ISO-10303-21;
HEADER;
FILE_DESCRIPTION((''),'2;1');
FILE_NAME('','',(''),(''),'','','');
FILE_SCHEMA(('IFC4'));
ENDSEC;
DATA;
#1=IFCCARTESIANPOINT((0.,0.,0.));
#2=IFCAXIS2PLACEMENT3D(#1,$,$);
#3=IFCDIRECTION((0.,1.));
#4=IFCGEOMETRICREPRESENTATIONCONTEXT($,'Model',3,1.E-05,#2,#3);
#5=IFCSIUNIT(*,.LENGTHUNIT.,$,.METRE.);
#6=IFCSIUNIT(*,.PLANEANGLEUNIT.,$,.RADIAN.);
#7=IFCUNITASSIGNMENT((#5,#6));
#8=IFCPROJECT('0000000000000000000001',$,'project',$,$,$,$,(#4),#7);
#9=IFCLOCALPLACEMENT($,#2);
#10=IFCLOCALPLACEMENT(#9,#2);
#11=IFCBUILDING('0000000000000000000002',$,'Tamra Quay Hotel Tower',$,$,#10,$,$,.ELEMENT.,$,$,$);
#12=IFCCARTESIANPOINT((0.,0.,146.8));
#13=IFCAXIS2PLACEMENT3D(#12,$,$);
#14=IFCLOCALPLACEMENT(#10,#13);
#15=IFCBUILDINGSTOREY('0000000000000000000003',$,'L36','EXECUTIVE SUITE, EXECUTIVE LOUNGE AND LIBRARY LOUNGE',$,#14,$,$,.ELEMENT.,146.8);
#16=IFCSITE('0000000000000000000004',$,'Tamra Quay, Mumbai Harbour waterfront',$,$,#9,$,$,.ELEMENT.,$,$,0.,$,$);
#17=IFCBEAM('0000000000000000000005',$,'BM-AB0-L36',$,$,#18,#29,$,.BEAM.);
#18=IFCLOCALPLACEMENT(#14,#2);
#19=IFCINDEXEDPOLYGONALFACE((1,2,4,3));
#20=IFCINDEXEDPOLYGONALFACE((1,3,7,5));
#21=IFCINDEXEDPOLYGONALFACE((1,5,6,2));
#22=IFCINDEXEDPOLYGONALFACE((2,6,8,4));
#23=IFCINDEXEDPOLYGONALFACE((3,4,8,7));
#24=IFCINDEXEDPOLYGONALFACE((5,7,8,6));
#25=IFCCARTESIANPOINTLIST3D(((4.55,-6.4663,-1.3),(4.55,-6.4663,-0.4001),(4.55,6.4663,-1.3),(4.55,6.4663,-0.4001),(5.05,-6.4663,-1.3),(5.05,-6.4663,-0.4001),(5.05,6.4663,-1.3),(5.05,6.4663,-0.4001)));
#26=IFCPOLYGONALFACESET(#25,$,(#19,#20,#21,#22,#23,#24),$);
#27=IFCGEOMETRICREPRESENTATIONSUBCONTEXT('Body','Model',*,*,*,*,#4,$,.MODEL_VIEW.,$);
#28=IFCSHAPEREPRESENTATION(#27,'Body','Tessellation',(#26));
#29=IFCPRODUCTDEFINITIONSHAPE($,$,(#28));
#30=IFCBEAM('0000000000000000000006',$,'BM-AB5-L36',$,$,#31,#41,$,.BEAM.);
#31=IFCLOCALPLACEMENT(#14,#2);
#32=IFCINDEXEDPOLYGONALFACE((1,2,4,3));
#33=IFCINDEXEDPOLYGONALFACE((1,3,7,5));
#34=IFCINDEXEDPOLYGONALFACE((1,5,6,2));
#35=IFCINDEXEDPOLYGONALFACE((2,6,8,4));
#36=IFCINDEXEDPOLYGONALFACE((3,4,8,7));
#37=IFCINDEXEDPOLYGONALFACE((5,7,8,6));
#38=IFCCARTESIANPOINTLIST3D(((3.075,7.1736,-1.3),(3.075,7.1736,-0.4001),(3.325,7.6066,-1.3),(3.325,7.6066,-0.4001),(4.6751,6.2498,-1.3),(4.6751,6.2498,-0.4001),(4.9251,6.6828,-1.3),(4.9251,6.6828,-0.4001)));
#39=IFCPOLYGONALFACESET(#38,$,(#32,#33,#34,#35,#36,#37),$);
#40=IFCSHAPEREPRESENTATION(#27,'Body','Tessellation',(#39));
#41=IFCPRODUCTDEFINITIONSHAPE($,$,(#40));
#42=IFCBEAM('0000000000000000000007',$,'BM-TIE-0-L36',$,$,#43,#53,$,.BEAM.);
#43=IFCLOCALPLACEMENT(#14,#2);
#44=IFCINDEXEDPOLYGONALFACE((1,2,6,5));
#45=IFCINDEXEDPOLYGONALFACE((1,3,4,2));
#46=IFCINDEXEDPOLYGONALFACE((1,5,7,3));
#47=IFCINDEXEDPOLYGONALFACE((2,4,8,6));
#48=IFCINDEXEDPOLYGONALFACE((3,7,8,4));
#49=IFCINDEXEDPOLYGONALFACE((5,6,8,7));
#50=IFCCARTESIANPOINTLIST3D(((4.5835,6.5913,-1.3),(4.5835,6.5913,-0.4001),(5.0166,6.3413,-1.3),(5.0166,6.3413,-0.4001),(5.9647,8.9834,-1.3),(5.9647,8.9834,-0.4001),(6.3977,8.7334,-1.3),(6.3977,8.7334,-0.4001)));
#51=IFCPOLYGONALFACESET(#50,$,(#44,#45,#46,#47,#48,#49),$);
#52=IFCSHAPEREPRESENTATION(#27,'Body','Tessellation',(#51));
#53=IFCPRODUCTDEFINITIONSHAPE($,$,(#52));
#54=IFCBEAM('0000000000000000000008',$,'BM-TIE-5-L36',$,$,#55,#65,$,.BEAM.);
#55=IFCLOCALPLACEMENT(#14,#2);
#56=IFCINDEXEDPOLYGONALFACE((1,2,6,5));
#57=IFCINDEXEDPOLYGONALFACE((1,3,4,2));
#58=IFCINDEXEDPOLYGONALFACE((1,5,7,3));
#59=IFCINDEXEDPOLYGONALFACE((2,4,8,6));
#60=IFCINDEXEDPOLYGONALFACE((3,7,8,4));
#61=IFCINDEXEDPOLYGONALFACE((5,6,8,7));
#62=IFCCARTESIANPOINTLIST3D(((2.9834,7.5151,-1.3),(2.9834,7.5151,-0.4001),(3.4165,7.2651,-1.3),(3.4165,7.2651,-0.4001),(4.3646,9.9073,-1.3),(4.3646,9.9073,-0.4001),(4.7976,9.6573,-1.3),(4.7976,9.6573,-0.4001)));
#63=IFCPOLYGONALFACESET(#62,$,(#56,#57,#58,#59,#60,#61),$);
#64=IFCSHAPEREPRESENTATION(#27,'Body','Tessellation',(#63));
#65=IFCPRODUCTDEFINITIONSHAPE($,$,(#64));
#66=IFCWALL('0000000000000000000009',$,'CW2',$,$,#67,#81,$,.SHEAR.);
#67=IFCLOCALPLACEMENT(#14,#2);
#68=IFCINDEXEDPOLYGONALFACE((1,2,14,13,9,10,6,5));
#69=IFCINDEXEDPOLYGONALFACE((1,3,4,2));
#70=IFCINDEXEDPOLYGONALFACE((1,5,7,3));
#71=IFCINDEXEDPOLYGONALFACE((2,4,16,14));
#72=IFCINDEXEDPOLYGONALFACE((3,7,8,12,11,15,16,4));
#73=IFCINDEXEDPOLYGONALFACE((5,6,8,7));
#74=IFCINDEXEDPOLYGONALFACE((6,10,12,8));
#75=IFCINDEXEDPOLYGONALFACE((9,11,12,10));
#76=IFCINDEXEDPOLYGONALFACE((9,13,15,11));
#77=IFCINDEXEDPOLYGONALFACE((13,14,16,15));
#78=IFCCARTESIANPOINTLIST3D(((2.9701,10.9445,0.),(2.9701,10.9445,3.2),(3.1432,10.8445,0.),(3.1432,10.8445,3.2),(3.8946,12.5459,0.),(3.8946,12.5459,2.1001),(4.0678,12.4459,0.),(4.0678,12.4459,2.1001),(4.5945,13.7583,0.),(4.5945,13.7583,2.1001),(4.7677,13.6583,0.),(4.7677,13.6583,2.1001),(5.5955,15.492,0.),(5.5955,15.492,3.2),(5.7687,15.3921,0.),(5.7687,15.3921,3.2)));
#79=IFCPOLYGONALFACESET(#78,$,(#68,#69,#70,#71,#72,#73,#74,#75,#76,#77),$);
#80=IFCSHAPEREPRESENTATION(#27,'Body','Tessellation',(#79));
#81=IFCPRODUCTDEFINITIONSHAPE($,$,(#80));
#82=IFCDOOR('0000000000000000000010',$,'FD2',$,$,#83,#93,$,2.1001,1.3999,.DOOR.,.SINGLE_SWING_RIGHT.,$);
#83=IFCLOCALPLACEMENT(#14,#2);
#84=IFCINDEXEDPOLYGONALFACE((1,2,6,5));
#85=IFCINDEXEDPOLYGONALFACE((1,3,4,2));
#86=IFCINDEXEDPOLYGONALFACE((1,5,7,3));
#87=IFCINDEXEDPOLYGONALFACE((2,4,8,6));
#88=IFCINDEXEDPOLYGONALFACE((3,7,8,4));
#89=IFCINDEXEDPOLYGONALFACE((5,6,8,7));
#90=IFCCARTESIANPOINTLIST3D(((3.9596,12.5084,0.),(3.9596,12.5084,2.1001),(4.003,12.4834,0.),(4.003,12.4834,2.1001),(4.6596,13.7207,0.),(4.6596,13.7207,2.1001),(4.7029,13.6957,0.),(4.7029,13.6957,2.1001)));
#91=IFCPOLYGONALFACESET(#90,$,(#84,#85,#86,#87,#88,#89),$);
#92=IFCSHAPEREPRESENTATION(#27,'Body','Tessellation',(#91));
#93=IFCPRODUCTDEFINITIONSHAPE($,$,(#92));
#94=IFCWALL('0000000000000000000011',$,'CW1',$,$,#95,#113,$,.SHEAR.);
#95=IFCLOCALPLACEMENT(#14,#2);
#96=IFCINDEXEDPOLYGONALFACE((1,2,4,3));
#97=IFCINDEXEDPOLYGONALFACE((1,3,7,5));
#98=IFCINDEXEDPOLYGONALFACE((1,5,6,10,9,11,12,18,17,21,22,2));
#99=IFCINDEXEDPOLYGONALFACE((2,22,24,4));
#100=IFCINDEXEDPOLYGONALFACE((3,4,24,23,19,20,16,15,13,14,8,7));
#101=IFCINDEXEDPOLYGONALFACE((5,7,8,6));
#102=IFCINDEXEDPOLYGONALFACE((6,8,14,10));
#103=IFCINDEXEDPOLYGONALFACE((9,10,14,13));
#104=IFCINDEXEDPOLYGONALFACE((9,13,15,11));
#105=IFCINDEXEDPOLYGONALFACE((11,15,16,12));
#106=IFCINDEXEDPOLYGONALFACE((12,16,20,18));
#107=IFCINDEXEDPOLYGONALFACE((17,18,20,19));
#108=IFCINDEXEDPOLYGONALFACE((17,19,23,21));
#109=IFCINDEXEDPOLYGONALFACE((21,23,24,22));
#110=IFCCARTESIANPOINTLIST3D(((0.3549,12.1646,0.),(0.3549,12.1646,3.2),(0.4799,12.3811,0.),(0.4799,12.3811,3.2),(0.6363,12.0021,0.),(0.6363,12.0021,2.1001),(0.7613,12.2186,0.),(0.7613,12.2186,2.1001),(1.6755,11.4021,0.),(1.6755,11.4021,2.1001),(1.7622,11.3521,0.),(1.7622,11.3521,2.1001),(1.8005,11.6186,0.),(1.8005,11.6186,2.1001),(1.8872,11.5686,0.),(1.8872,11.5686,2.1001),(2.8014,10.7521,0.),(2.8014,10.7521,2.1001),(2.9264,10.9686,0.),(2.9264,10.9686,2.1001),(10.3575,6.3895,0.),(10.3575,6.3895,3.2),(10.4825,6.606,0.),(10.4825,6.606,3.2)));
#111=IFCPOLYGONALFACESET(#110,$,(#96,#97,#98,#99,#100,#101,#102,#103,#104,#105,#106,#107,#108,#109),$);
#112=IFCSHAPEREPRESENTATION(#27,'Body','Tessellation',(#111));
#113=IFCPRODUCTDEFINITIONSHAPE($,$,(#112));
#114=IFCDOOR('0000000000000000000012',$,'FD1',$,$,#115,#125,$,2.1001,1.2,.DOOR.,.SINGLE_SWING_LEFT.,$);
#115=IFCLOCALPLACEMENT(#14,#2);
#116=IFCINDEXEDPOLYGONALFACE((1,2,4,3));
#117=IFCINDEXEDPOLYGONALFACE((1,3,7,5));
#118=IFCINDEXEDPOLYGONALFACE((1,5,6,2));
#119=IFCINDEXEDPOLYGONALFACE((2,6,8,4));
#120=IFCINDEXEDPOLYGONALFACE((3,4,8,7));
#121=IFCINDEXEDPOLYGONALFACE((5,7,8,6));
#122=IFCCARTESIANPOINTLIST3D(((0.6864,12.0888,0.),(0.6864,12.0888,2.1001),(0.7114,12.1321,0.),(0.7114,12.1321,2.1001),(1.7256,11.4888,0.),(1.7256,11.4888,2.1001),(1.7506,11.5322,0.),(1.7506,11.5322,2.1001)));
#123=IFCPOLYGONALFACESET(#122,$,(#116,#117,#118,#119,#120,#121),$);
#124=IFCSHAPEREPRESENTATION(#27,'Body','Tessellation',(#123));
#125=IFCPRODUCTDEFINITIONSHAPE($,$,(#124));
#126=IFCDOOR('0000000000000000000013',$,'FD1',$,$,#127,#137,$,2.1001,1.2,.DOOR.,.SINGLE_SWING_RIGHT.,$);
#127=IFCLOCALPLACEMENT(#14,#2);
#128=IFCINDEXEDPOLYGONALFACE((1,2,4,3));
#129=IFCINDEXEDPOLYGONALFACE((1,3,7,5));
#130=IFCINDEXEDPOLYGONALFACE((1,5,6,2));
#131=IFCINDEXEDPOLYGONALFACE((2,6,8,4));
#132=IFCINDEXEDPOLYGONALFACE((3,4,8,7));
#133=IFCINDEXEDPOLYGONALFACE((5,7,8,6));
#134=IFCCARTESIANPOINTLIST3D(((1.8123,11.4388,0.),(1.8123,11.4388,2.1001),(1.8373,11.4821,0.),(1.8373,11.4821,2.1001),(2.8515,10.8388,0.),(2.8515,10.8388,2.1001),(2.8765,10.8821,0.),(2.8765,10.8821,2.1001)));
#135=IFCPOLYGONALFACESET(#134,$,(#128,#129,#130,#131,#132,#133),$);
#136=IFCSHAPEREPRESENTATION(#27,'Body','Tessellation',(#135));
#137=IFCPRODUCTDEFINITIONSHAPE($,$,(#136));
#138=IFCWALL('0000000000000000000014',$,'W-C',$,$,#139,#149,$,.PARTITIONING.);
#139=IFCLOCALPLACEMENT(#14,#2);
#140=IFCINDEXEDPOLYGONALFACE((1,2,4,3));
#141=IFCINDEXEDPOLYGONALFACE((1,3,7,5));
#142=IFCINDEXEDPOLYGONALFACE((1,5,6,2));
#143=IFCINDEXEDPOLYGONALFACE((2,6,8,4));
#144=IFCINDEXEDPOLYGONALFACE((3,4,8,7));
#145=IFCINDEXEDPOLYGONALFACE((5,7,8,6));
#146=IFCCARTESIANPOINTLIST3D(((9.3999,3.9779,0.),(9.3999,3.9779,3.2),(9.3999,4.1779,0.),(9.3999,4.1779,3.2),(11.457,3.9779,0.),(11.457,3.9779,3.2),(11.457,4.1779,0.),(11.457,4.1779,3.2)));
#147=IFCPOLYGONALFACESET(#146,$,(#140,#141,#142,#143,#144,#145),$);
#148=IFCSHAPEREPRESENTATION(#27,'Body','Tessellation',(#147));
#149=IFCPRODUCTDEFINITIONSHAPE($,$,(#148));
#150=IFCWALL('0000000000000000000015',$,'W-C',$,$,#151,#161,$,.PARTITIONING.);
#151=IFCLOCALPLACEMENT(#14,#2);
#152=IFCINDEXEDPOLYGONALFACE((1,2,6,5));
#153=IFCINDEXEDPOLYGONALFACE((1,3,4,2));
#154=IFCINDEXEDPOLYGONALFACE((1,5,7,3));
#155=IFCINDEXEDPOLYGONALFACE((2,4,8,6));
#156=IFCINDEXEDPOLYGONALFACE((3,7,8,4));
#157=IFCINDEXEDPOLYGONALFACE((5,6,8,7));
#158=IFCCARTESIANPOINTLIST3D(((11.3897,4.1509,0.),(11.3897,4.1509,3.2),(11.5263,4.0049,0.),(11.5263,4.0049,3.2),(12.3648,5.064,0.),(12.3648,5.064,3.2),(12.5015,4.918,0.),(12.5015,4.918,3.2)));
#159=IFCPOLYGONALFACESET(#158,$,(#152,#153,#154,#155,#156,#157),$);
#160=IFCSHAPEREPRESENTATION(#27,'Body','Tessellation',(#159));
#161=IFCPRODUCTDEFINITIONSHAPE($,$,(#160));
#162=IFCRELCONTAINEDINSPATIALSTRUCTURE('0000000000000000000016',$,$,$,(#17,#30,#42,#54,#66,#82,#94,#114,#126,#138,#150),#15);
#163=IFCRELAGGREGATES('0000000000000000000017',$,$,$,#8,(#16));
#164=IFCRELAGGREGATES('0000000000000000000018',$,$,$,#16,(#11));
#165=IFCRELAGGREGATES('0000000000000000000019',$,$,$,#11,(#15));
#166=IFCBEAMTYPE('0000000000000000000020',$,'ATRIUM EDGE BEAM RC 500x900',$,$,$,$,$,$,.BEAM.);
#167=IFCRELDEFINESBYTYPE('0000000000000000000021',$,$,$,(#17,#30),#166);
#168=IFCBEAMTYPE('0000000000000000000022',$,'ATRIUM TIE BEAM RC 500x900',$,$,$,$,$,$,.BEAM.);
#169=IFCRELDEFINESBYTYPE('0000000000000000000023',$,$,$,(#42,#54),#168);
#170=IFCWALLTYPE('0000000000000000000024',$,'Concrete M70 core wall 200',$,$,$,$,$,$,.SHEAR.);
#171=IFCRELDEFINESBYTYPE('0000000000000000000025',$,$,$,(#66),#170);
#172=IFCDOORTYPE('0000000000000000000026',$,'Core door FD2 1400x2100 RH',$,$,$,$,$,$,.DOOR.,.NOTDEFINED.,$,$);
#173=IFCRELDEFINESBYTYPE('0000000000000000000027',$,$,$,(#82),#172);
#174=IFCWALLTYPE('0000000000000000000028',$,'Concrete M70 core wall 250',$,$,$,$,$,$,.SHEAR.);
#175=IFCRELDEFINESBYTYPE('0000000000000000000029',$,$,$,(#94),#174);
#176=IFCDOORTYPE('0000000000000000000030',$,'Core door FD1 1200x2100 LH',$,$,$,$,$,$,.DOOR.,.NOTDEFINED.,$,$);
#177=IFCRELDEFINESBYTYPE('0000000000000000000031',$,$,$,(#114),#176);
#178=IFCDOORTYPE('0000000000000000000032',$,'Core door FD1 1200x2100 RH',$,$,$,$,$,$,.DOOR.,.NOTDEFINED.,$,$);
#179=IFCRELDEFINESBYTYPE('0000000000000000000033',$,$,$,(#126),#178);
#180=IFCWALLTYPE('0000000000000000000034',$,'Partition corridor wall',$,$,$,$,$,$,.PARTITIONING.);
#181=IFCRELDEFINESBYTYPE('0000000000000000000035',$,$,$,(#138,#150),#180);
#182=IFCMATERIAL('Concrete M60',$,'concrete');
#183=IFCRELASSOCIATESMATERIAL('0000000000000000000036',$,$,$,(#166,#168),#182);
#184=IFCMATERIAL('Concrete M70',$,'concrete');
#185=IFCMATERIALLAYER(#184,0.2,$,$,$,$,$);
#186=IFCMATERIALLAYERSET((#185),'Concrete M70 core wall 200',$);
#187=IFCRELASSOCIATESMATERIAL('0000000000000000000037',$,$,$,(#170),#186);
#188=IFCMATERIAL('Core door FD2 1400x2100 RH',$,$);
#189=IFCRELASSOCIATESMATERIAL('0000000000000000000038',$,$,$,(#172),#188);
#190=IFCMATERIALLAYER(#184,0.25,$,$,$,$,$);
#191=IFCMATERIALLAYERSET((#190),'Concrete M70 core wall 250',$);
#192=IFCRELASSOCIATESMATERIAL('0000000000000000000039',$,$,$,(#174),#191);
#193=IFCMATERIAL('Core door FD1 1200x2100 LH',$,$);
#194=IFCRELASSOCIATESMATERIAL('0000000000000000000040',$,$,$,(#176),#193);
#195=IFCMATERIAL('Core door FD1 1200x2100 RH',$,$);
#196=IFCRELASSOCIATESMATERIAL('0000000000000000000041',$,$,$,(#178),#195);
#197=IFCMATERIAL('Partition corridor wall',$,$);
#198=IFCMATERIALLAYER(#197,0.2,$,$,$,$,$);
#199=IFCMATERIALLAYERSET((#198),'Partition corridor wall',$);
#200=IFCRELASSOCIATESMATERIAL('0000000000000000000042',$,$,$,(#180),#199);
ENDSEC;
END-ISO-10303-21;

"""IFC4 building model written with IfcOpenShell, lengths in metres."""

from ifc_helpers import new_model, si_unit, direction, frame, frame_2d, origin, origin_2d, place, context, subcontext, project, spatial, rectangle, extrude, material, layer, layer_set, material_profile, profile_set, type_object, element, fill, save


model = new_model("IFC4")

# Units and contexts
model_context = context("Model", 3, precision=1e-05, world=origin(), true_north=direction((0.0, 1.0)))
body_context = subcontext(model_context, "Body", "Model", "MODEL_VIEW")
ifc_project = project(units=[si_unit("LENGTHUNIT", "METRE"), si_unit("PLANEANGLEUNIT", "RADIAN")], contexts=[model_context])

# Site, building, storey
site_placement = place(None, origin())
site = spatial("IfcSite", under=ifc_project, at=site_placement, Name="Tamra Quay, Mumbai Harbour waterfront", CompositionType="ELEMENT", RefElevation=0.0)
building_placement = place(site_placement, origin())
building = spatial("IfcBuilding", under=site, at=building_placement, Name="Tamra Quay Hotel Tower", CompositionType="ELEMENT")
storey_placement = place(building_placement, frame((0.0, 0.0, 146.8)))
storey = spatial("IfcBuildingStorey", under=building, at=storey_placement, Name="L36", Description="EXECUTIVE SUITE, EXECUTIVE LOUNGE AND LIBRARY LOUNGE", CompositionType="ELEMENT", Elevation=146.8)

# Beams
ifc_material_1 = material(Name="Concrete M60", Category="concrete")
ifc_material_profile_1 = material_profile(ifc_material_1, rectangle(XDim=0.5, YDim=0.8999, at=origin_2d()), Name="ATRIUM EDGE BEAM RC 500x900")
ifc_profile_set_1 = profile_set([ifc_material_profile_1], Name="Concrete M60")
beam_type_1 = type_object("IfcBeamType", Name="ATRIUM EDGE BEAM RC 500x900", PredefinedType="BEAM", material=ifc_profile_set_1)
beam_1_placement = place(storey_placement, frame((4.8, 6.4663, -0.8501), z_axis=(0.0, -1.0, 0.0), x_axis=(1.0, 0.0, 0.0)))
element("IfcBeam", 1, at=beam_1_placement, inside=storey, type_object=beam_type_1, Name="BM-AB0-L36", PredefinedType="BEAM", context=body_context, shape_type="SweptSolid", body=[
    extrude(rectangle(XDim=0.5, YDim=0.8999, at=origin_2d()), origin(), (0.0, 0.0, 1.0), 12.9326),
])
beam_2_placement = place(storey_placement, frame((3.2, 7.3901, -0.8501), z_axis=(0.866023, -0.500005, 0.0), x_axis=(0.500005, 0.866023, 0.0)))
element("IfcBeam", 2, at=beam_2_placement, inside=storey, type_object=beam_type_1, Name="BM-AB5-L36", PredefinedType="BEAM", context=body_context, shape_type="SweptSolid", body=[
    extrude(rectangle(XDim=0.5, YDim=0.8999, at=origin_2d()), origin(), (0.0, 0.0, 1.0), 1.8477),
])
ifc_material_profile_2 = material_profile(ifc_material_1, rectangle(XDim=0.5, YDim=0.8999, at=origin_2d()), Name="ATRIUM TIE BEAM RC 500x900")
ifc_profile_set_2 = profile_set([ifc_material_profile_2], Name="Concrete M60")
beam_type_2 = type_object("IfcBeamType", Name="ATRIUM TIE BEAM RC 500x900", PredefinedType="BEAM", material=ifc_profile_set_2)
for number, where, z_axis, x_axis, name in (
    (3, (4.8, 6.4663, -0.8501), (0.500008, 0.866021, 0.0), (-0.866021, 0.500008, 0.0), "BM-TIE-0-L36"),
    (4, (3.2, 7.3901, -0.8501), (0.500008, 0.866021, 0.0), (-0.866021, 0.500008, 0.0), "BM-TIE-5-L36"),
):
    element("IfcBeam", number, at=place(storey_placement, frame(where, z_axis=z_axis, x_axis=x_axis)), inside=storey, type_object=beam_type_2, Name=name, PredefinedType="BEAM", context=body_context, shape_type="SweptSolid", body=[
        extrude(rectangle(XDim=0.5, YDim=0.8999, at=origin_2d()), origin(), (0.0, 0.0, 1.0), 2.7622),
    ])

# Wall, opening, door
ifc_material_2 = material(Name="Concrete M70", Category="concrete")
ifc_layer_1 = layer(ifc_material_2, 0.2)
ifc_layer_set_1 = layer_set([ifc_layer_1], Name="Concrete M70 core wall 200")
wall_type_1 = type_object("IfcWallType", Name="Concrete M70 core wall 200", PredefinedType="SHEAR", material=ifc_layer_set_1)
wall_1_placement = place(storey_placement, frame((3.0566, 10.8945, 0.0), z_axis=(0.0, 0.0, 1.0), x_axis=(0.499989, 0.866032, 0.0)))
wall_1 = element("IfcWall", 5, at=wall_1_placement, inside=storey, type_object=wall_type_1, Name="CW2", PredefinedType="SHEAR", context=body_context, shape_type="SweptSolid", body=[
    extrude(rectangle(XDim=5.251, YDim=0.2, at=frame_2d((2.6255, 0.0))), origin(), (0.0, 0.0, 1.0), 3.2),
])
opening_1_placement = place(wall_1_placement, frame((1.8491, 0.0, 0.0)))
opening_1 = element("IfcOpeningElement", 6, at=opening_1_placement, cuts=wall_1, PredefinedType="OPENING", context=body_context, shape_type="SweptSolid", body=[
    extrude(rectangle(XDim=1.3999, YDim=2.1001, at=frame_2d((0.7, 1.05))), frame((0.0, 0.1099, 0.0), z_axis=(0.0, -1.0, 0.0), x_axis=(1.0, 0.0, 0.0)), (0.0, 0.0, 1.0), 0.22),
])
ifc_material_3 = material(Name="Core door FD2 1400x2100 RH")
door_type_1 = type_object("IfcDoorType", Name="Core door FD2 1400x2100 RH", OperationType="NOTDEFINED", PredefinedType="DOOR", material=ifc_material_3)
door_1_placement = place(opening_1_placement, origin())
door_1 = element("IfcDoor", 7, at=door_1_placement, inside=storey, type_object=door_type_1, Name="FD2", OperationType="SINGLE_SWING_RIGHT", OverallHeight=2.1001, OverallWidth=1.3999, PredefinedType="DOOR", context=body_context, shape_type="SweptSolid", body=[
    extrude(rectangle(XDim=1.3999, YDim=2.1001, at=frame_2d((0.7, 1.05))), frame((0.0, 0.0249, 0.0), z_axis=(0.0, -1.0, 0.0), x_axis=(1.0, 0.0, 0.0)), (0.0, 0.0, 1.0), 0.05),
])
fill(opening_1, door_1)

# Wall, openings, doors
ifc_layer_2 = layer(ifc_material_2, 0.25)
ifc_layer_set_2 = layer_set([ifc_layer_2], Name="Concrete M70 core wall 250")
wall_type_2 = type_object("IfcWallType", Name="Concrete M70 core wall 250", PredefinedType="SHEAR", material=ifc_layer_set_2)
wall_2_placement = place(storey_placement, frame((10.4199, 6.4978, 0.0), z_axis=(0.0, 0.0, 1.0), x_axis=(-0.866022, 0.500006, 0.0)))
wall_2 = element("IfcWall", 8, at=wall_2_placement, inside=storey, type_object=wall_type_2, Name="CW1", PredefinedType="SHEAR", context=body_context, shape_type="SweptSolid", body=[
    extrude(rectangle(XDim=11.55, YDim=0.25, at=frame_2d((5.7749, 0.0))), origin(), (0.0, 0.0, 1.0), 3.2),
])
opening_2_placement = place(wall_2_placement, frame((10.0249, 0.0, 0.0)))
opening_2 = element("IfcOpeningElement", 9, at=opening_2_placement, cuts=wall_2, PredefinedType="OPENING", context=body_context, shape_type="SweptSolid", body=[
    extrude(rectangle(XDim=1.2, YDim=2.1001, at=frame_2d((0.6001, 1.05))), frame((0.0, 0.135, 0.0), z_axis=(0.0, -1.0, 0.0), x_axis=(1.0, 0.0, 0.0)), (0.0, 0.0, 1.0), 0.27),
])
opening_3_placement = place(wall_2_placement, frame((8.7249, 0.0, 0.0)))
opening_3 = element("IfcOpeningElement", 10, at=opening_3_placement, cuts=wall_2, PredefinedType="OPENING", context=body_context, shape_type="SweptSolid", body=[
    extrude(rectangle(XDim=1.2, YDim=2.1001, at=frame_2d((0.6001, 1.05))), frame((0.0, 0.135, 0.0), z_axis=(0.0, -1.0, 0.0), x_axis=(1.0, 0.0, 0.0)), (0.0, 0.0, 1.0), 0.27),
])
ifc_material_4 = material(Name="Core door FD1 1200x2100 LH")
door_type_2 = type_object("IfcDoorType", Name="Core door FD1 1200x2100 LH", OperationType="NOTDEFINED", PredefinedType="DOOR", material=ifc_material_4)
door_2_placement = place(opening_2_placement, origin())
door_2 = element("IfcDoor", 11, at=door_2_placement, inside=storey, type_object=door_type_2, Name="FD1", OperationType="SINGLE_SWING_LEFT", OverallHeight=2.1001, OverallWidth=1.2, PredefinedType="DOOR", context=body_context, shape_type="SweptSolid", body=[
    extrude(rectangle(XDim=1.2, YDim=2.1001, at=frame_2d((0.6001, 1.05))), frame((0.0, 0.0249, 0.0), z_axis=(0.0, -1.0, 0.0), x_axis=(1.0, 0.0, 0.0)), (0.0, 0.0, 1.0), 0.05),
])
fill(opening_2, door_2)
ifc_material_5 = material(Name="Core door FD1 1200x2100 RH")
door_type_3 = type_object("IfcDoorType", Name="Core door FD1 1200x2100 RH", OperationType="NOTDEFINED", PredefinedType="DOOR", material=ifc_material_5)
door_3_placement = place(opening_3_placement, origin())
door_3 = element("IfcDoor", 12, at=door_3_placement, inside=storey, type_object=door_type_3, Name="FD1", OperationType="SINGLE_SWING_RIGHT", OverallHeight=2.1001, OverallWidth=1.2, PredefinedType="DOOR", context=body_context, shape_type="SweptSolid", body=[
    extrude(rectangle(XDim=1.2, YDim=2.1001, at=frame_2d((0.6001, 1.05))), frame((0.0, 0.0249, 0.0), z_axis=(0.0, -1.0, 0.0), x_axis=(1.0, 0.0, 0.0)), (0.0, 0.0, 1.0), 0.05),
])
fill(opening_3, door_3)

# Walls
ifc_material_6 = material(Name="Partition corridor wall")
ifc_layer_3 = layer(ifc_material_6, 0.2)
ifc_layer_set_3 = layer_set([ifc_layer_3], Name="Partition corridor wall")
wall_type_3 = type_object("IfcWallType", Name="Partition corridor wall", PredefinedType="PARTITIONING", material=ifc_layer_set_3)
wall_3_placement = place(storey_placement, frame((9.3999, 4.0779, 0.0), z_axis=(0.0, 0.0, 1.0), x_axis=(1.0, 0.0, 0.0)))
element("IfcWall", 13, at=wall_3_placement, inside=storey, type_object=wall_type_3, Name="W-C", PredefinedType="PARTITIONING", context=body_context, shape_type="SweptSolid", body=[
    extrude(rectangle(XDim=2.0571, YDim=0.2, at=frame_2d((1.0286, 0.0))), origin(), (0.0, 0.0, 1.0), 3.2),
])
wall_4_placement = place(storey_placement, frame((11.458, 4.0779, 0.0), z_axis=(0.0, 0.0, 1.0), x_axis=(0.729936, 0.683515, 0.0)))
element("IfcWall", 14, at=wall_4_placement, inside=storey, type_object=wall_type_3, Name="W-C", PredefinedType="PARTITIONING", context=body_context, shape_type="SweptSolid", body=[
    extrude(rectangle(XDim=1.3359, YDim=0.2, at=frame_2d((0.668, 0.0))), origin(), (0.0, 0.0, 1.0), 3.2),
])

save(model, "model.ifc")
